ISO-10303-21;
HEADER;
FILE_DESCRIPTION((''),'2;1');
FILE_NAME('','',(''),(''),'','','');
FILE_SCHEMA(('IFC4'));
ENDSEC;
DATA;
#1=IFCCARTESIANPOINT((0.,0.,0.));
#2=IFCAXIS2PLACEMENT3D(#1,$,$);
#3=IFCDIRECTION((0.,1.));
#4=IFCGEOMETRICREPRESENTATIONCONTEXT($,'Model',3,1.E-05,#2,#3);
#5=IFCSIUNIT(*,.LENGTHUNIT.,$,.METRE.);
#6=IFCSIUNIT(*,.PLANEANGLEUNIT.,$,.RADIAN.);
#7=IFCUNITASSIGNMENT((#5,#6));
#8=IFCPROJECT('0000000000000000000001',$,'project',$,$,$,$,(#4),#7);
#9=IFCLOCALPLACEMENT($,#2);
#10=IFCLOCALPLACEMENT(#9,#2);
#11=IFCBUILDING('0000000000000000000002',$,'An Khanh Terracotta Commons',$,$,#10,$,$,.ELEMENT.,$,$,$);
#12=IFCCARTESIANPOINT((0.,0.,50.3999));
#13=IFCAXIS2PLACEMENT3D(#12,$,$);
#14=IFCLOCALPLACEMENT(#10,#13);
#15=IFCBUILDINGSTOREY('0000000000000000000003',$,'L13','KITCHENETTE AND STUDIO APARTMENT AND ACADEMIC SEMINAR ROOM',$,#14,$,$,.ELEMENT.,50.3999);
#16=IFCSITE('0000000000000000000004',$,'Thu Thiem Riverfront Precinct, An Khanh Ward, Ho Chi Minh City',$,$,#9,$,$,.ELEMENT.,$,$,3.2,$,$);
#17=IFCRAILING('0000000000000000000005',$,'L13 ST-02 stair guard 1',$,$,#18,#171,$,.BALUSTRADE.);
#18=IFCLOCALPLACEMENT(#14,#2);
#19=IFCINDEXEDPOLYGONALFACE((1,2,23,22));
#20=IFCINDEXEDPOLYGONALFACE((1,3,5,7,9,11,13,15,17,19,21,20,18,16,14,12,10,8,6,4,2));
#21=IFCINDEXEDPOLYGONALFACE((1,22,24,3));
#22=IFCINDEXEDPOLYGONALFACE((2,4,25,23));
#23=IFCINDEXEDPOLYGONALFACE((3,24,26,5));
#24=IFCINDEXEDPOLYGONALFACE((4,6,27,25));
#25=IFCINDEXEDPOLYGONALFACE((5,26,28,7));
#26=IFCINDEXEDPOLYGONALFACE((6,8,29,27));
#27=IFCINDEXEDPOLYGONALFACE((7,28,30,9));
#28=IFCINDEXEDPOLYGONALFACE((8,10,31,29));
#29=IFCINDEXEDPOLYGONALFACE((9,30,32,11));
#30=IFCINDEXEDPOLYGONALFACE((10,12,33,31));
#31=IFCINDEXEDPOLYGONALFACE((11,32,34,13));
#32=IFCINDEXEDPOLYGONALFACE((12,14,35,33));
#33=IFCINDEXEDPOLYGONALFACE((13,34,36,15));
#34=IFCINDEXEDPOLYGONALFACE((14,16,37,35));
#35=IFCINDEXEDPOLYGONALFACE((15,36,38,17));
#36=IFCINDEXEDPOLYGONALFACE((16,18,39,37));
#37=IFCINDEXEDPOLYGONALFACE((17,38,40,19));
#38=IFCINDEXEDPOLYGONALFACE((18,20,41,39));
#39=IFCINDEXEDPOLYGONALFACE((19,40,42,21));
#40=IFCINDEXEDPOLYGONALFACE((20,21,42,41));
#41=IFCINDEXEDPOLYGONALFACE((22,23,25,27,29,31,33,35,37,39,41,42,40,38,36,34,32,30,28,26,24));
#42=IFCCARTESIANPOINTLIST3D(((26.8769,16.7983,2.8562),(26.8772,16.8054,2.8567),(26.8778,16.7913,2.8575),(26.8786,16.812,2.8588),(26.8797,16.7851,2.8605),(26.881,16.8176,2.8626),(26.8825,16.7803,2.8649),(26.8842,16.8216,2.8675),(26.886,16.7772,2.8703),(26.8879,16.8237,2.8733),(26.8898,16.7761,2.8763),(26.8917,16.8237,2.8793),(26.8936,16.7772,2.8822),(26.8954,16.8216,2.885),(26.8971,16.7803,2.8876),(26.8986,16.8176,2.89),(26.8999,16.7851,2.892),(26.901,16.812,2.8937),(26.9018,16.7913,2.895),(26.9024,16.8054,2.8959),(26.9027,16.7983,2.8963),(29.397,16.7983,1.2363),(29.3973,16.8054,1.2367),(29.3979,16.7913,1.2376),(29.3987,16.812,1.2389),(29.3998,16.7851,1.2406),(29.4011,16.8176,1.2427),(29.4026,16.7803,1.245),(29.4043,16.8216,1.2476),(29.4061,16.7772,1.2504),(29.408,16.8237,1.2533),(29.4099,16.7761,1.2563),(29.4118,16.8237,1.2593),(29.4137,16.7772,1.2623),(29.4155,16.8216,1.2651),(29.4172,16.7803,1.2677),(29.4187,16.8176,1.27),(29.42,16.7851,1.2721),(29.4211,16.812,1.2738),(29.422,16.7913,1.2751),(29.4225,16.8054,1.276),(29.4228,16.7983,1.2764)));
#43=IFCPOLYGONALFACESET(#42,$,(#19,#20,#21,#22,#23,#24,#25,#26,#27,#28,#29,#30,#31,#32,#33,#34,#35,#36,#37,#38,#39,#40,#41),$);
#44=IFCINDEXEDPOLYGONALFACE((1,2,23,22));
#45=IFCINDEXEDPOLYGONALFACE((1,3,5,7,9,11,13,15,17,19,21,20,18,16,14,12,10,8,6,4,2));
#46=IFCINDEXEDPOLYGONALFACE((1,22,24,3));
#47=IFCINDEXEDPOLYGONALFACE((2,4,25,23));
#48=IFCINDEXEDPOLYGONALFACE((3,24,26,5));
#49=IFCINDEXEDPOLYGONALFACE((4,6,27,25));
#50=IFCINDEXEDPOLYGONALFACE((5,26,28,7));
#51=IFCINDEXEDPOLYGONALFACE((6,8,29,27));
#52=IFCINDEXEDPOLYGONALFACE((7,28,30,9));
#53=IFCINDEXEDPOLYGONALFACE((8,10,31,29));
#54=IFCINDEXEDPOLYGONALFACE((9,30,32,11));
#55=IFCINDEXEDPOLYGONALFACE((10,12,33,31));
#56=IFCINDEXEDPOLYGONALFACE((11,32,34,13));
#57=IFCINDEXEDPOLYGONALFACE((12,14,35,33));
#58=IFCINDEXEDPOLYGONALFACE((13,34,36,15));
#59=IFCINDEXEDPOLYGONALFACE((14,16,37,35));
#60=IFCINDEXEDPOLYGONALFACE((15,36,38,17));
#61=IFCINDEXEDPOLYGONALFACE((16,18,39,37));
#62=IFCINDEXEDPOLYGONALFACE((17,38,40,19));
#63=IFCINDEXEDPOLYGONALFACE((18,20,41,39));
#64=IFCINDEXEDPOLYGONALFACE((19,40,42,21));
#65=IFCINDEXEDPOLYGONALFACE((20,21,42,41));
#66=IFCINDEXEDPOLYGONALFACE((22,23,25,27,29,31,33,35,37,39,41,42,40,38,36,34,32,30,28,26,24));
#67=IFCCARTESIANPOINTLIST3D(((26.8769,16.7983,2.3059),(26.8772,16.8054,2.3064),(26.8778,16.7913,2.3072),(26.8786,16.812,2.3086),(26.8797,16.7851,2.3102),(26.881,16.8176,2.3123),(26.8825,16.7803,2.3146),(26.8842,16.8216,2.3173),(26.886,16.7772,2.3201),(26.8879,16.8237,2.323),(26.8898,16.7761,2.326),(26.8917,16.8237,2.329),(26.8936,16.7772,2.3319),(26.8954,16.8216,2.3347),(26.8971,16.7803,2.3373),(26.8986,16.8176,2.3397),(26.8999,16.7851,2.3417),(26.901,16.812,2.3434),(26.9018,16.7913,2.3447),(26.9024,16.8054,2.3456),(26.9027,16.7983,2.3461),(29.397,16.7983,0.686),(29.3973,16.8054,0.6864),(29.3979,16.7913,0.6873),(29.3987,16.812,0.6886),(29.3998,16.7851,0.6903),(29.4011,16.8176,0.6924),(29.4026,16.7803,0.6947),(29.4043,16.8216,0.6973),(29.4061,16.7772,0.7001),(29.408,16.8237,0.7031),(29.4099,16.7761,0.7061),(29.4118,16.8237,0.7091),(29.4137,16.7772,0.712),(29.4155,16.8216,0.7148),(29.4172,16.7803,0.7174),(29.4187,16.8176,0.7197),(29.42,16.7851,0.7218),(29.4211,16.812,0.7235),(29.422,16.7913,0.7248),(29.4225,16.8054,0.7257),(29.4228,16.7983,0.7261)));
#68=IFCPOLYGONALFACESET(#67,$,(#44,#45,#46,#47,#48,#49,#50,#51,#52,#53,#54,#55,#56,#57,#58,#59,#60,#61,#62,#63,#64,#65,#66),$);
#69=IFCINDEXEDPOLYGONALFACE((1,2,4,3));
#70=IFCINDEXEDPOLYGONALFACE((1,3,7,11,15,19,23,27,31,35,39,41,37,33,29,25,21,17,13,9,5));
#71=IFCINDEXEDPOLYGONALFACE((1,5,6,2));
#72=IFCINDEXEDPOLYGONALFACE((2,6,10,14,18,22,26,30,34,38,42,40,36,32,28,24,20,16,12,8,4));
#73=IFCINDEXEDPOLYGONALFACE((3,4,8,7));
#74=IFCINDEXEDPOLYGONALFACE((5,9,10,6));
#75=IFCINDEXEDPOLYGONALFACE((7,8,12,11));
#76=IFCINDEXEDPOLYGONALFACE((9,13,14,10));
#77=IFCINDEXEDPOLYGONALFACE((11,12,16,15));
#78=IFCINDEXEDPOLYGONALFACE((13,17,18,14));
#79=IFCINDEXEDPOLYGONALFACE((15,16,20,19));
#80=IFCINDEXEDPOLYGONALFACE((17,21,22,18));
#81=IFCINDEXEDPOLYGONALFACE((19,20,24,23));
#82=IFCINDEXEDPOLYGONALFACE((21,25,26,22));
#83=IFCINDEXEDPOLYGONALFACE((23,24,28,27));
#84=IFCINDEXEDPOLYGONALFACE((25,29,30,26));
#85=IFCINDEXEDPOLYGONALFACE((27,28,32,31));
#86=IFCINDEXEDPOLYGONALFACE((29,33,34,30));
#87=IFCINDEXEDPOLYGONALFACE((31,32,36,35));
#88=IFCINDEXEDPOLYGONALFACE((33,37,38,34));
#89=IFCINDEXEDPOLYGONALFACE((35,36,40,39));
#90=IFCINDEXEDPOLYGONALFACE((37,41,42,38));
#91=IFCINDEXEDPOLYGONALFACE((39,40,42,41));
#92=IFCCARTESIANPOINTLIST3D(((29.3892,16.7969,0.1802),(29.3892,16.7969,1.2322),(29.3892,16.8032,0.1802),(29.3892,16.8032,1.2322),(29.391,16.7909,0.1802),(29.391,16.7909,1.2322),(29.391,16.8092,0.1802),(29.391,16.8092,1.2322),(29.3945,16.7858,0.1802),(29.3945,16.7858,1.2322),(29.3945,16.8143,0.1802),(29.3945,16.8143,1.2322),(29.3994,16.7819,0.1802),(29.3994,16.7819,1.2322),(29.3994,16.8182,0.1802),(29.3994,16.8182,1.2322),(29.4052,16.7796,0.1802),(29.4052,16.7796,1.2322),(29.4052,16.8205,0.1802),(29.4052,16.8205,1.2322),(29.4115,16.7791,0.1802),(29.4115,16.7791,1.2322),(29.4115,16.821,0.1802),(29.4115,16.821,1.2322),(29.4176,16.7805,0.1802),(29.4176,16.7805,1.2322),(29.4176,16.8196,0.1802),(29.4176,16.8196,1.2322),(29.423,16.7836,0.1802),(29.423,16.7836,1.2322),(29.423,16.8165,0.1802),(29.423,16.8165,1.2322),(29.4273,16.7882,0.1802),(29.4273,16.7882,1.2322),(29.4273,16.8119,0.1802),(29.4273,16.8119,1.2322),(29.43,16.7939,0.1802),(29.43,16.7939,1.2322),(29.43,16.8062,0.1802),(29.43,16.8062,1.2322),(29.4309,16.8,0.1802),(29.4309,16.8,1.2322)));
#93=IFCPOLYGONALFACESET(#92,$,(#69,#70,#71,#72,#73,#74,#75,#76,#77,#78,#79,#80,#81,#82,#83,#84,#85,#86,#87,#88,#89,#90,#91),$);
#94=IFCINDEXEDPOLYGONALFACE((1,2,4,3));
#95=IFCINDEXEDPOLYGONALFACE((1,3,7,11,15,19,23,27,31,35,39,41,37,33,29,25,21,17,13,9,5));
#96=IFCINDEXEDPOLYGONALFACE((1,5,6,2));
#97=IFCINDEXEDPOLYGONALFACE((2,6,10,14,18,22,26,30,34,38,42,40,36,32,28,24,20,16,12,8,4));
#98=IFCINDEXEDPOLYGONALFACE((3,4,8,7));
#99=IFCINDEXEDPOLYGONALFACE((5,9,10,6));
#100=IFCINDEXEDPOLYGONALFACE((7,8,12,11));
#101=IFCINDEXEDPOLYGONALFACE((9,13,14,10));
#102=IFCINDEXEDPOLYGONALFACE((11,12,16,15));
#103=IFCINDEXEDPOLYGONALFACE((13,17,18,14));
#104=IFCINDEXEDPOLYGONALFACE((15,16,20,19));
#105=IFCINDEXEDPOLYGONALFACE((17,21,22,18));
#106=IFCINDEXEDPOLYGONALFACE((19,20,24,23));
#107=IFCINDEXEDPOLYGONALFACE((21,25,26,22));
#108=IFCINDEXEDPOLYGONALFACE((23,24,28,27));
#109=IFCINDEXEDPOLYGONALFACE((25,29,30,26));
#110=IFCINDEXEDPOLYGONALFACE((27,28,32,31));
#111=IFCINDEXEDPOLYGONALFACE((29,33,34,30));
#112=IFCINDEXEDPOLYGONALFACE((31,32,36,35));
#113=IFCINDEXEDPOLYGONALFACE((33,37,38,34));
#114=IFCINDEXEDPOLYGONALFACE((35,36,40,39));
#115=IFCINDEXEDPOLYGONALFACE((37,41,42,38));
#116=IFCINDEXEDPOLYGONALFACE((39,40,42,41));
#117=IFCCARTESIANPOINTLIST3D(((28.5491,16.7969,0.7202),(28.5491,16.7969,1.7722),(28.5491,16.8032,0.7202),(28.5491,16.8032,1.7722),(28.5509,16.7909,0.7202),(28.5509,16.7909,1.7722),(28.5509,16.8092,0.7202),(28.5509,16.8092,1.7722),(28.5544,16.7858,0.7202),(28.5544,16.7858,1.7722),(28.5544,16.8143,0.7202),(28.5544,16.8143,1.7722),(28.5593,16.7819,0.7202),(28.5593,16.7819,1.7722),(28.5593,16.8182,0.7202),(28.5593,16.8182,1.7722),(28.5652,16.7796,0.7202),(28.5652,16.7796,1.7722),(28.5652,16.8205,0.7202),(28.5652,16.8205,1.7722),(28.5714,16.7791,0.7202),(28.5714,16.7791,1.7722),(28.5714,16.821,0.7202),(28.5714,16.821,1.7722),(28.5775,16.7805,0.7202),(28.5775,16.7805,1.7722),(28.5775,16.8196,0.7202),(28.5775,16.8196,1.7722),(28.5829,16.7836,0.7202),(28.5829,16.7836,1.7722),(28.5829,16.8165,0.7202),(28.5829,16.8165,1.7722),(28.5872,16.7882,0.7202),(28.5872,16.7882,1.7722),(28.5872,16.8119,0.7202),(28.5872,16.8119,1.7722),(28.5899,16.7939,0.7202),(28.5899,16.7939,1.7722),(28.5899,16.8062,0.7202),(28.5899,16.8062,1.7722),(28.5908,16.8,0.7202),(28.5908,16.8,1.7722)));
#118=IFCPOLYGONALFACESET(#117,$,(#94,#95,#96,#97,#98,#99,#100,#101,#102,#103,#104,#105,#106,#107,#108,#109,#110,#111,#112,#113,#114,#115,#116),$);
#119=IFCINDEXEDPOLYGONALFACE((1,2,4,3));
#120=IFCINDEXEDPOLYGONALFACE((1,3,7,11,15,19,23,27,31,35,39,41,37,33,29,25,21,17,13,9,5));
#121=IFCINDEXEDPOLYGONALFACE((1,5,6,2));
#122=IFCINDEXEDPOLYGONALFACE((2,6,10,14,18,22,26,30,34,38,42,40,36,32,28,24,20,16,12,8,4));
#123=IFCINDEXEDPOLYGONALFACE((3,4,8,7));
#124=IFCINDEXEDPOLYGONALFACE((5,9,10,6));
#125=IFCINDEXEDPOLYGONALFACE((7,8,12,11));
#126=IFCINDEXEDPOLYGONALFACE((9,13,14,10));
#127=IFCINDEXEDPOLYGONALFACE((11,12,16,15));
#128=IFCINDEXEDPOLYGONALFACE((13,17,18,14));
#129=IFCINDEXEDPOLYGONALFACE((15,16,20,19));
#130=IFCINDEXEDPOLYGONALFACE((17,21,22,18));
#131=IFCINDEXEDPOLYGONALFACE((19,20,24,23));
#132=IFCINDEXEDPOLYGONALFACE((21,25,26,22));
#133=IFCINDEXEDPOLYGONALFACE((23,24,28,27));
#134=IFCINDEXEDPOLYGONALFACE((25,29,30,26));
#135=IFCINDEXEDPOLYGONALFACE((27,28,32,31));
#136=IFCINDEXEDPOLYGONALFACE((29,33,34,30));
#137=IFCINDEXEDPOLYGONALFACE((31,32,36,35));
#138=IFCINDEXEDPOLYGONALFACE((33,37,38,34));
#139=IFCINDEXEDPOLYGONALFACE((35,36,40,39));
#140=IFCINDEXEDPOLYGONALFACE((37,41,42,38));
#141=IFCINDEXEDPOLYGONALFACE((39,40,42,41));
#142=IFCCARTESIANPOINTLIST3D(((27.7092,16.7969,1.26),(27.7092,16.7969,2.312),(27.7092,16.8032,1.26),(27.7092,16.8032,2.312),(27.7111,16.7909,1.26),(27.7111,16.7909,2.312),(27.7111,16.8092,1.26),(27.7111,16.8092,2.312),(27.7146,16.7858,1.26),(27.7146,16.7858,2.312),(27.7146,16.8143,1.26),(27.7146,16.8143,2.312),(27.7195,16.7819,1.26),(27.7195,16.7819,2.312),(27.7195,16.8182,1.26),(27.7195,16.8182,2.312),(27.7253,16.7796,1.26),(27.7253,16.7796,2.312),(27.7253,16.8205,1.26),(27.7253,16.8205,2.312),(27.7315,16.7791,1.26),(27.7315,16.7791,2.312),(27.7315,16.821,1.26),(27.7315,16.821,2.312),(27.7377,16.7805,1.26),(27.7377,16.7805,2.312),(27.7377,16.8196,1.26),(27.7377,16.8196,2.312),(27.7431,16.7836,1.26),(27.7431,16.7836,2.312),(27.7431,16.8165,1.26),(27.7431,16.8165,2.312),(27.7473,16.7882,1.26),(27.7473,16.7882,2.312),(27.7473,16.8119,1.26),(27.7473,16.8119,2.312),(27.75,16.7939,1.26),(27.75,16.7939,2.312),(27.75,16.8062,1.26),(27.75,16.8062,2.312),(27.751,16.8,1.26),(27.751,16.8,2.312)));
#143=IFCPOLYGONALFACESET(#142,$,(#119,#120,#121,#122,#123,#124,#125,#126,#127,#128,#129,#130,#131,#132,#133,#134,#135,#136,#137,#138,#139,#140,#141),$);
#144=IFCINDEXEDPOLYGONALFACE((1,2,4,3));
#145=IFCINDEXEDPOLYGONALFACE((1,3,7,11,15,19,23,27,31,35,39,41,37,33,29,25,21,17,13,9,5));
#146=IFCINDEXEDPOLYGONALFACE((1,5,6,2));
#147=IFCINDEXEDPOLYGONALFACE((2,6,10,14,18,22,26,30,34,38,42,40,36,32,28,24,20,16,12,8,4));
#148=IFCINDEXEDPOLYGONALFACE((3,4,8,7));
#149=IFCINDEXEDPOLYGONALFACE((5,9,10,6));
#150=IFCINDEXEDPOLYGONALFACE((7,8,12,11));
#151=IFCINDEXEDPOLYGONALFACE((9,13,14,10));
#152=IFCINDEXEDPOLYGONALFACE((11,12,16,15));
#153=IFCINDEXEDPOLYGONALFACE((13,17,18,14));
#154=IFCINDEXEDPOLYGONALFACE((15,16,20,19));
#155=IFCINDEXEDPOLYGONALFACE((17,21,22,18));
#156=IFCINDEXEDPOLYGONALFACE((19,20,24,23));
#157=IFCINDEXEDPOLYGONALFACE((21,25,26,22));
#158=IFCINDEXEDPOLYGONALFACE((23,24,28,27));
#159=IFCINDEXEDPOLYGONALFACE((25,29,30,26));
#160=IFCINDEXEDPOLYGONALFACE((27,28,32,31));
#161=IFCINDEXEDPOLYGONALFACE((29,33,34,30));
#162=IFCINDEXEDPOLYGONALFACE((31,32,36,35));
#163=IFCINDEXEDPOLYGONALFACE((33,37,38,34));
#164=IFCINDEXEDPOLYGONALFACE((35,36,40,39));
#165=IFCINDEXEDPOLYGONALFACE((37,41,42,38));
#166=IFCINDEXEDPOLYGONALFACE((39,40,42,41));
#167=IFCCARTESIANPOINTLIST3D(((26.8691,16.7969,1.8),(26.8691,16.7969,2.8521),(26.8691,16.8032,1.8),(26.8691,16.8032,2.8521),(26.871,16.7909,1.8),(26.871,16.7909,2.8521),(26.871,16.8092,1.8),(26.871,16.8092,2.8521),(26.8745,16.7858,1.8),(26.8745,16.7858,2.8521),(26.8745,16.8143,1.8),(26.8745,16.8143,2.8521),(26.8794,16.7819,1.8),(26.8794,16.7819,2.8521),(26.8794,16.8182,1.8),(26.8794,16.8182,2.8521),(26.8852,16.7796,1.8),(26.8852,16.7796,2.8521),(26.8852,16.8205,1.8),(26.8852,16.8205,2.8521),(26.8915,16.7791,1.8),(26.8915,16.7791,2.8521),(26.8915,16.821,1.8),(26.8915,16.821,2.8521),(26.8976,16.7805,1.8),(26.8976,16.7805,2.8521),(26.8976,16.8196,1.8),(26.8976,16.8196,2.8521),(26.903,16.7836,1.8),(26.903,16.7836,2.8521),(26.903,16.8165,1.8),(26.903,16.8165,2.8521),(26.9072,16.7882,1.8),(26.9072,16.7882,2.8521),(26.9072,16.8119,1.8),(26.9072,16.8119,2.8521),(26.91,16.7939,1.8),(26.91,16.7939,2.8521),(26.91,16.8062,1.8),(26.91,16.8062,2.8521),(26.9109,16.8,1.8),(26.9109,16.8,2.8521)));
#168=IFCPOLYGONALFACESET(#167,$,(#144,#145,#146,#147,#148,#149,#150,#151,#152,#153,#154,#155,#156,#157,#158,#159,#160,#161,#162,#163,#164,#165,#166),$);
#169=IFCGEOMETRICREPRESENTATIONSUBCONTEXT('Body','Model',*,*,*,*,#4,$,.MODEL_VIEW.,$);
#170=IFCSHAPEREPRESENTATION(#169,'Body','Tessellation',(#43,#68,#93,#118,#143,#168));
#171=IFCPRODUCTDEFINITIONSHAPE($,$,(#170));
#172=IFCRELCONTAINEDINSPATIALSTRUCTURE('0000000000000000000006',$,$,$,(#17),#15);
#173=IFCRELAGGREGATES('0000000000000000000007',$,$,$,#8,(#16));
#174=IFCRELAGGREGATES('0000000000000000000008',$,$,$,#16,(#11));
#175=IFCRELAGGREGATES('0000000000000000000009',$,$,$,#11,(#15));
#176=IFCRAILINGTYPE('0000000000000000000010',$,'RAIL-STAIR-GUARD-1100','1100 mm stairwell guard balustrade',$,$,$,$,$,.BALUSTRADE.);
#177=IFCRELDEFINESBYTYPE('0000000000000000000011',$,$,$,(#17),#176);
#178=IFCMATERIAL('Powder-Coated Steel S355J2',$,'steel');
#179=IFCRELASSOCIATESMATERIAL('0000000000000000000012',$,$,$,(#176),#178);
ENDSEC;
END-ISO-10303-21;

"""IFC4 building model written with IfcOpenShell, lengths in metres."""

from ifc_helpers import new_model, si_unit, direction, frame, origin, origin_2d, place, context, subcontext, project, spatial, circle, extrude, material, type_object, element, save


model = new_model("IFC4")

# Units and contexts
model_context = context("Model", 3, precision=1e-05, world=origin(), true_north=direction((0.0, 1.0)))
body_context = subcontext(model_context, "Body", "Model", "MODEL_VIEW")
ifc_project = project(units=[si_unit("LENGTHUNIT", "METRE"), si_unit("PLANEANGLEUNIT", "RADIAN")], contexts=[model_context])

# Site, building, storey
site_placement = place(None, origin())
site = spatial("IfcSite", under=ifc_project, at=site_placement, Name="Thu Thiem Riverfront Precinct, An Khanh Ward, Ho Chi Minh City", CompositionType="ELEMENT", RefElevation=3.2)
building_placement = place(site_placement, origin())
building = spatial("IfcBuilding", under=site, at=building_placement, Name="An Khanh Terracotta Commons", CompositionType="ELEMENT")
storey_placement = place(building_placement, frame((0.0, 0.0, 50.3999)))
storey = spatial("IfcBuildingStorey", under=building, at=storey_placement, Name="L13", Description="KITCHENETTE AND STUDIO APARTMENT AND ACADEMIC SEMINAR ROOM", CompositionType="ELEMENT", Elevation=50.3999)

# Railing
ifc_material_1 = material(Name="Powder-Coated Steel S355J2", Category="steel")
railing_type_1 = type_object("IfcRailingType", Name="RAIL-STAIR-GUARD-1100", Description="1100 mm stairwell guard balustrade", PredefinedType="BALUSTRADE", material=ifc_material_1)
railing_1_placement = place(storey_placement, frame((29.4099, 16.8, 0.1802)))
element("IfcRailing", 1, at=railing_1_placement, inside=storey, type_object=railing_type_1, Name="L13 ST-02 stair guard 1", PredefinedType="BALUSTRADE", context=body_context, shape_type="SweptSolid", body=[
    extrude(circle(Radius=0.0239, at=origin_2d()), frame((0.0, 0.0, 1.0762), z_axis=(-0.8412, 0.0, 0.540725), x_axis=(0.0, -1.0, 0.0)), (0.0, 0.0, 1.0), 2.9958),
    extrude(circle(Radius=0.0239, at=origin_2d()), frame((0.0, 0.0, 0.5259), z_axis=(-0.8412, 0.0, 0.540725), x_axis=(0.0, -1.0, 0.0)), (0.0, 0.0, 1.0), 2.9958),
    extrude(circle(Radius=0.021, at=origin_2d()), origin(), (0.0, 0.0, 1.0), 1.052),
    extrude(circle(Radius=0.021, at=origin_2d()), frame((-0.8401, 0.0, 0.54)), (0.0, 0.0, 1.0), 1.052),
    extrude(circle(Radius=0.021, at=origin_2d()), frame((-1.6799, 0.0, 1.0798)), (0.0, 0.0, 1.0), 1.052),
    extrude(circle(Radius=0.021, at=origin_2d()), frame((-2.52, 0.0, 1.6199)), (0.0, 0.0, 1.0), 1.052),
])

save(model, "model.ifc")
